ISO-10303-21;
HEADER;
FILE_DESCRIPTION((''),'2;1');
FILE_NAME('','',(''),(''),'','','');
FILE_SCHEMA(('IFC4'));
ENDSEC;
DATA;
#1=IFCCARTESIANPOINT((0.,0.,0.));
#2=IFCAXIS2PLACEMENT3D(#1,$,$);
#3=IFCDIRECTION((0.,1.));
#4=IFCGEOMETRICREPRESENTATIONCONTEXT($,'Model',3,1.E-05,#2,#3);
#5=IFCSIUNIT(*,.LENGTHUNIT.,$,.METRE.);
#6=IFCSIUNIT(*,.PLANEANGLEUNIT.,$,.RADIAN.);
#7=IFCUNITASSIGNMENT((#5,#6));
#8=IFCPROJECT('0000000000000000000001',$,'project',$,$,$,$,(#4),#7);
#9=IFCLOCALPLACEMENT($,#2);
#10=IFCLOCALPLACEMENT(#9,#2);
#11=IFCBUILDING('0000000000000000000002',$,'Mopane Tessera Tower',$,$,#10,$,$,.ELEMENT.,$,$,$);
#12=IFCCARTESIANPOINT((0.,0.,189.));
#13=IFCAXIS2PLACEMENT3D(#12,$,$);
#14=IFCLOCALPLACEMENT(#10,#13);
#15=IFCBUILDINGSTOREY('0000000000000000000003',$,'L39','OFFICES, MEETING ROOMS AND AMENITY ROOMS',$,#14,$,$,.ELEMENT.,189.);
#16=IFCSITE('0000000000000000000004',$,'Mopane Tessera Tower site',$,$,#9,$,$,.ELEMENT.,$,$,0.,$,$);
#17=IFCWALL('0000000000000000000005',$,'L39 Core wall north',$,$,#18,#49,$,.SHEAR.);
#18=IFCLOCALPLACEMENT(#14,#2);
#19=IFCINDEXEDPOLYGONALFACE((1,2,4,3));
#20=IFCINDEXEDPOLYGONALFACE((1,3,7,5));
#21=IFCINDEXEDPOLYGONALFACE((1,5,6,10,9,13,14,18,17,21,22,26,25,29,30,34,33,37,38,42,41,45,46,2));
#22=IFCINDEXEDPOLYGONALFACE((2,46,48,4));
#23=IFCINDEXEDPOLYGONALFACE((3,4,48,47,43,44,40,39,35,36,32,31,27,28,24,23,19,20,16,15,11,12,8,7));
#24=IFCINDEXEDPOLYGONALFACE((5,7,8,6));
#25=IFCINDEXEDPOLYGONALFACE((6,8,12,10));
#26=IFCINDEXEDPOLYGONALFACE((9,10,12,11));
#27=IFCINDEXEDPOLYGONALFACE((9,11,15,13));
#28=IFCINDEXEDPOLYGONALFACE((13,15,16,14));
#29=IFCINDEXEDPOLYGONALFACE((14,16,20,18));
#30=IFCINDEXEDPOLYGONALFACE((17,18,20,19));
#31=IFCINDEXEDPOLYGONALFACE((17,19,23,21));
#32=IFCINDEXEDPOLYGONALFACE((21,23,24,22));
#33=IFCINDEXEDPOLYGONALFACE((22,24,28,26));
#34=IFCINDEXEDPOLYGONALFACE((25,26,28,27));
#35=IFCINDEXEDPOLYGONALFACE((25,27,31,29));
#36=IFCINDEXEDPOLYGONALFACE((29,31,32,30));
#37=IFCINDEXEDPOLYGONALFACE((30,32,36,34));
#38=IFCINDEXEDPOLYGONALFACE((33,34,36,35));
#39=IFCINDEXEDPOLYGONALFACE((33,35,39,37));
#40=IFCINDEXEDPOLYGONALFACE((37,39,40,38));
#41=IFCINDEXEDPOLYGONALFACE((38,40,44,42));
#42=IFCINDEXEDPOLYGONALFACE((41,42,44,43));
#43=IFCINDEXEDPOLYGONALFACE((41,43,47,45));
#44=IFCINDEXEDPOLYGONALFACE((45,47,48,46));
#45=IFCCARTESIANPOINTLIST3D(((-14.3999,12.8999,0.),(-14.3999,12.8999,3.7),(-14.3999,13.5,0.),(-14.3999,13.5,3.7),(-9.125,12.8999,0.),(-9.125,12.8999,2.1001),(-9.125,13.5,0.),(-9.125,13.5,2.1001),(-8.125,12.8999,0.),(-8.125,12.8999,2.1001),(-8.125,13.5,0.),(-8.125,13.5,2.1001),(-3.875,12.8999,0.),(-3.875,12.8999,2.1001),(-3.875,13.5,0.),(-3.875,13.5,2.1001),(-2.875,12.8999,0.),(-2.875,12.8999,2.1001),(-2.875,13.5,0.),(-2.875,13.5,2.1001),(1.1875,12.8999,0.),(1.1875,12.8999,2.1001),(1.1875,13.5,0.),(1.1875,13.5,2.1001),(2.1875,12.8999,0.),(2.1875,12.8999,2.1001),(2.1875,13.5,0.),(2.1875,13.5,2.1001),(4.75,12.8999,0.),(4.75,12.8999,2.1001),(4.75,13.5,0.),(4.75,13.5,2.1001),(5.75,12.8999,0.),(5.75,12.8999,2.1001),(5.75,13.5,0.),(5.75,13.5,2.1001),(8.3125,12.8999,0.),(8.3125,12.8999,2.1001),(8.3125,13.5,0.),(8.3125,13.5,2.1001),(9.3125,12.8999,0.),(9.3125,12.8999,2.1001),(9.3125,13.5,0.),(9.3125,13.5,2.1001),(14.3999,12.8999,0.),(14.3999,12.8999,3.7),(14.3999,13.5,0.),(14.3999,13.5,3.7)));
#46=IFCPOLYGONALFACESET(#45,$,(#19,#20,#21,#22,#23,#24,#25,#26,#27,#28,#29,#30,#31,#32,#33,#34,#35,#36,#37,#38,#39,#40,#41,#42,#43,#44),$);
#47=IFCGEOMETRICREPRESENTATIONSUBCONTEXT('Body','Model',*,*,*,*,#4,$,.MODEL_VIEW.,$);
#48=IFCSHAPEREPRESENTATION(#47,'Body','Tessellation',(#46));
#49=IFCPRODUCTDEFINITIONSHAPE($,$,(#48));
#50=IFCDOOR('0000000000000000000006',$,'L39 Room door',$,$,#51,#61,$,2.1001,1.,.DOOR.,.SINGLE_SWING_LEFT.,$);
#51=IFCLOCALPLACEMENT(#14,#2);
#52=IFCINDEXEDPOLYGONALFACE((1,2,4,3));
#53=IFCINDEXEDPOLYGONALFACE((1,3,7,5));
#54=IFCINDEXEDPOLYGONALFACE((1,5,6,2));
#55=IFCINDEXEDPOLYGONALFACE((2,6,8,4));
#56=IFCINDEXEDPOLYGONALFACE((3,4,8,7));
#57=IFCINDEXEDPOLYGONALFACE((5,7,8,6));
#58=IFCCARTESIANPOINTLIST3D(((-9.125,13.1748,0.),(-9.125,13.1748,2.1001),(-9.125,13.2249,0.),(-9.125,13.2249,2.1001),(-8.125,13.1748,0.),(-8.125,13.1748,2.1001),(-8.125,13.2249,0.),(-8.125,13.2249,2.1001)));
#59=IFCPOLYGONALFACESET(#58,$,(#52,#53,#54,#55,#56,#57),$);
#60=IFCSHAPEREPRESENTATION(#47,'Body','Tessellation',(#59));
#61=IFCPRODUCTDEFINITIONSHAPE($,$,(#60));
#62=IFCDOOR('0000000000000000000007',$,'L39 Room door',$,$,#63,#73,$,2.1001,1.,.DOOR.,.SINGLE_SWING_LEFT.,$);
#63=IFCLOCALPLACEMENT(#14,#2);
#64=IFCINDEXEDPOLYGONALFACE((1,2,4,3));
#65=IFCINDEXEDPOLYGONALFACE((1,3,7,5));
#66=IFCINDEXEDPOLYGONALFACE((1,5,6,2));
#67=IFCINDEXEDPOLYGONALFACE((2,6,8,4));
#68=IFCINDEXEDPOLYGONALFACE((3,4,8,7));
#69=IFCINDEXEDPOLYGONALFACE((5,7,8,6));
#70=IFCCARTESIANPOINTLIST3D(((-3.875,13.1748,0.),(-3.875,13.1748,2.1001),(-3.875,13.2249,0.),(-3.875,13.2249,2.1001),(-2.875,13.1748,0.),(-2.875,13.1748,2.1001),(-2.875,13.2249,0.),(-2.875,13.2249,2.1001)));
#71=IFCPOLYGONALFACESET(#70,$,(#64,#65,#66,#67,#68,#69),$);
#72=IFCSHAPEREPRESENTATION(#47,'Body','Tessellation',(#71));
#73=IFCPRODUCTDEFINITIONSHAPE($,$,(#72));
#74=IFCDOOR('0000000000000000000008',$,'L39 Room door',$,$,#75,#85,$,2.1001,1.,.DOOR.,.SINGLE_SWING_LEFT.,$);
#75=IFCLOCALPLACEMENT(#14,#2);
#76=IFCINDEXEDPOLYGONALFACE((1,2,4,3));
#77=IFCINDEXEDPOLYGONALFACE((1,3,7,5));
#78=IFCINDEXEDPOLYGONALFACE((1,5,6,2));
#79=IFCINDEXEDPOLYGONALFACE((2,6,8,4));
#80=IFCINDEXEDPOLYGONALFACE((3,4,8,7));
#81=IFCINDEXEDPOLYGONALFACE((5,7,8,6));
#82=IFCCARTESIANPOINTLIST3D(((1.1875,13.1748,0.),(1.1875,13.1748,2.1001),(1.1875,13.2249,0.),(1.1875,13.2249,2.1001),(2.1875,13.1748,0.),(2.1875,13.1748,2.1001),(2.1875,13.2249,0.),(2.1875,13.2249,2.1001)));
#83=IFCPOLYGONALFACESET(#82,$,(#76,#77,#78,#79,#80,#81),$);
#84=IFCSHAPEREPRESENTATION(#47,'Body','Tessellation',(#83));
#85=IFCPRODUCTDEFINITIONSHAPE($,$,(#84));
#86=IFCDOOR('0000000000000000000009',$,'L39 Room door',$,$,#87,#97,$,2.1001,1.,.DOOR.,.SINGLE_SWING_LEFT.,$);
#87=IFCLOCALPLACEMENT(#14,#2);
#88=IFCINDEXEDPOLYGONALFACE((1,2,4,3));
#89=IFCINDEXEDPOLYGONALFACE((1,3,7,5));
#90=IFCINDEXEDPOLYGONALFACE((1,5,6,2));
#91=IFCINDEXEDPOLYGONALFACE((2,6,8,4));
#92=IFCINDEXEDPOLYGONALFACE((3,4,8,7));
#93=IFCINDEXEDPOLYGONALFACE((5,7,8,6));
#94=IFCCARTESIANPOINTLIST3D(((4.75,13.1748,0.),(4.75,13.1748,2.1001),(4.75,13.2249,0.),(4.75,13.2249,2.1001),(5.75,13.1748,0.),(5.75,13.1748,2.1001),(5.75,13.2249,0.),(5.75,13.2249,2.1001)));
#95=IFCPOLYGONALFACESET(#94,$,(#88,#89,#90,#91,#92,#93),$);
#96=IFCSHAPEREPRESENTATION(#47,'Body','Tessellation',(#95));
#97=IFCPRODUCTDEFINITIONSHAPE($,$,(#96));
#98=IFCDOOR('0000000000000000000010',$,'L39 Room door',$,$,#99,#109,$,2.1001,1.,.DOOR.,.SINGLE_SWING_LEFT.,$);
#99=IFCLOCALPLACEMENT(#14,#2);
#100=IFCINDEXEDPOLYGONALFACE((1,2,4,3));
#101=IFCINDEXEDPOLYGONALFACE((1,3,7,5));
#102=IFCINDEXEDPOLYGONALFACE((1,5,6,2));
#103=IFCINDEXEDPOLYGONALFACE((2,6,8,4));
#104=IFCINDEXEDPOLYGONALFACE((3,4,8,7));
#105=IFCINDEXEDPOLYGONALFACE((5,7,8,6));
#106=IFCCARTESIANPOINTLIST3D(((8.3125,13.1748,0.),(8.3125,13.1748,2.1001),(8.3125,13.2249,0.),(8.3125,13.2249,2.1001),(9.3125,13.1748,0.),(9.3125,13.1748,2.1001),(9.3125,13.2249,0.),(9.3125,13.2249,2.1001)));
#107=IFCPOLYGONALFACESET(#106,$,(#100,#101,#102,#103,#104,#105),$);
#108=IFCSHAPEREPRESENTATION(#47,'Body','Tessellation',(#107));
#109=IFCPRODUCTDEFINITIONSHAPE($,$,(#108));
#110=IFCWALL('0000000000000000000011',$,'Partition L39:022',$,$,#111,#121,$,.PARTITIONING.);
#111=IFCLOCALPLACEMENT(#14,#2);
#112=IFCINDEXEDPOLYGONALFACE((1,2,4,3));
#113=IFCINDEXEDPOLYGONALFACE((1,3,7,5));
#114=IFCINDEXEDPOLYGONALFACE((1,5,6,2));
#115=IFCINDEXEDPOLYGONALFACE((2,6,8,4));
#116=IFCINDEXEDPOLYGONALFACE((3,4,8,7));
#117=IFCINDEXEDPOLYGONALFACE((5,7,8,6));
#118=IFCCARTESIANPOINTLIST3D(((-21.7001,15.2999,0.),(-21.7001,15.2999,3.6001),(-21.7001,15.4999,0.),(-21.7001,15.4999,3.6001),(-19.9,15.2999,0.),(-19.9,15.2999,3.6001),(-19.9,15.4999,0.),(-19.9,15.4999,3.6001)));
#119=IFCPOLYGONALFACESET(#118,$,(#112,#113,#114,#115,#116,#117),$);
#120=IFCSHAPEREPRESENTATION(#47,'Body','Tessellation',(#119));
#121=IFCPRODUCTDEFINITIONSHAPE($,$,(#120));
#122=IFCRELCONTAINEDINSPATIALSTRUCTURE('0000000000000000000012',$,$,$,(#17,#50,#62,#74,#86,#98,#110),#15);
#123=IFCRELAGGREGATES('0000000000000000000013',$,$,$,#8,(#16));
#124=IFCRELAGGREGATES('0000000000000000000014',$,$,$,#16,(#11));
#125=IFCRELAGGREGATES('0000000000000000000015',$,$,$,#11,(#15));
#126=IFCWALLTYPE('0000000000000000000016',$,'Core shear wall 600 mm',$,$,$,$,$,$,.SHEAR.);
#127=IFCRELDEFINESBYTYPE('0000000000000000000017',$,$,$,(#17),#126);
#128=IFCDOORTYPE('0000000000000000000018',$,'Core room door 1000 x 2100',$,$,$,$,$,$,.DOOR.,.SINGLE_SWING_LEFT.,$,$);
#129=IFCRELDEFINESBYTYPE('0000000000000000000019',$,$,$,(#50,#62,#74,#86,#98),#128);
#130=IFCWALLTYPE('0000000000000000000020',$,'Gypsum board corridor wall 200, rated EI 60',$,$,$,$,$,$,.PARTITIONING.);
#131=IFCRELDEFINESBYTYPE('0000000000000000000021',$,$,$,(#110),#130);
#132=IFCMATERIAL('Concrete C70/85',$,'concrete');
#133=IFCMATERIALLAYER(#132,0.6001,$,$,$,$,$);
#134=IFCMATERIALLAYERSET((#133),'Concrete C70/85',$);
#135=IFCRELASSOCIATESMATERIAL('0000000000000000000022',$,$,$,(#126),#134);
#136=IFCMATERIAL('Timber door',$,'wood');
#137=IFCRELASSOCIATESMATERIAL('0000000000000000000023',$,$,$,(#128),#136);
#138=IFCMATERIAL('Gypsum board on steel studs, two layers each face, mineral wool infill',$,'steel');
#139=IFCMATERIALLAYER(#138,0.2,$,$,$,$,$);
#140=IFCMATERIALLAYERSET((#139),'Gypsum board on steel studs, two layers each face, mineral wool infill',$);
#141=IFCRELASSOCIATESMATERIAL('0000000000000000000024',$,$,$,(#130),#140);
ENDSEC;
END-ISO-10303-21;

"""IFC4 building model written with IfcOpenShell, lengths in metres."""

from ifc_helpers import new_model, si_unit, direction, frame, frame_2d, origin, place, context, subcontext, project, spatial, rectangle, extrude, material, layer, layer_set, type_object, element, fill, save


model = new_model("IFC4")

# Units and contexts
model_context = context("Model", 3, precision=1e-05, world=origin(), true_north=direction((0.0, 1.0)))
body_context = subcontext(model_context, "Body", "Model", "MODEL_VIEW")
ifc_project = project(units=[si_unit("LENGTHUNIT", "METRE"), si_unit("PLANEANGLEUNIT", "RADIAN")], contexts=[model_context])

# Site, building, storey
site_placement = place(None, origin())
site = spatial("IfcSite", under=ifc_project, at=site_placement, Name="Mopane Tessera Tower site", CompositionType="ELEMENT", RefElevation=0.0)
building_placement = place(site_placement, origin())
building = spatial("IfcBuilding", under=site, at=building_placement, Name="Mopane Tessera Tower", CompositionType="ELEMENT")
storey_placement = place(building_placement, frame((0.0, 0.0, 189.0)))
storey = spatial("IfcBuildingStorey", under=building, at=storey_placement, Name="L39", Description="OFFICES, MEETING ROOMS AND AMENITY ROOMS", CompositionType="ELEMENT", Elevation=189.0)

# Wall, openings, doors
ifc_material_1 = material(Name="Concrete C70/85", Category="concrete")
ifc_layer_1 = layer(ifc_material_1, 0.6001)
ifc_layer_set_1 = layer_set([ifc_layer_1], Name="Concrete C70/85")
wall_type_1 = type_object("IfcWallType", Name="Core shear wall 600 mm", PredefinedType="SHEAR", material=ifc_layer_set_1)
wall_1_placement = place(storey_placement, frame((-14.3999, 13.2, 0.0), z_axis=(0.0, 0.0, 1.0), x_axis=(1.0, 0.0, 0.0)))
wall_1 = element("IfcWall", 1, at=wall_1_placement, inside=storey, type_object=wall_type_1, Name="L39 Core wall north", PredefinedType="SHEAR", context=body_context, shape_type="SweptSolid", body=[
    extrude(rectangle(XDim=28.7998, YDim=0.6001, at=frame_2d((14.3999, 0.0))), origin(), (0.0, 0.0, 1.0), 3.7),
])
opening_1_placement = place(wall_1_placement, frame((5.2749, 0.0, 0.0)))
opening_1 = element("IfcOpeningElement", 2, at=opening_1_placement, cuts=wall_1, PredefinedType="OPENING", context=body_context, shape_type="SweptSolid", body=[
    extrude(rectangle(XDim=1.0, YDim=2.1001, at=frame_2d((0.5, 1.05))), frame((0.0, 0.312, 0.0), z_axis=(0.0, -1.0, 0.0), x_axis=(1.0, 0.0, 0.0)), (0.0, 0.0, 1.0), 0.624),
])
opening_2_placement = place(wall_1_placement, frame((10.5249, 0.0, 0.0)))
opening_2 = element("IfcOpeningElement", 3, at=opening_2_placement, cuts=wall_1, PredefinedType="OPENING", context=body_context, shape_type="SweptSolid", body=[
    extrude(rectangle(XDim=1.0, YDim=2.1001, at=frame_2d((0.5, 1.05))), frame((0.0, 0.312, 0.0), z_axis=(0.0, -1.0, 0.0), x_axis=(1.0, 0.0, 0.0)), (0.0, 0.0, 1.0), 0.624),
])
opening_3_placement = place(wall_1_placement, frame((15.5874, 0.0, 0.0)))
opening_3 = element("IfcOpeningElement", 4, at=opening_3_placement, cuts=wall_1, PredefinedType="OPENING", context=body_context, shape_type="SweptSolid", body=[
    extrude(rectangle(XDim=1.0, YDim=2.1001, at=frame_2d((0.5, 1.05))), frame((0.0, 0.312, 0.0), z_axis=(0.0, -1.0, 0.0), x_axis=(1.0, 0.0, 0.0)), (0.0, 0.0, 1.0), 0.624),
])
opening_4_placement = place(wall_1_placement, frame((19.1499, 0.0, 0.0)))
opening_4 = element("IfcOpeningElement", 5, at=opening_4_placement, cuts=wall_1, PredefinedType="OPENING", context=body_context, shape_type="SweptSolid", body=[
    extrude(rectangle(XDim=1.0, YDim=2.1001, at=frame_2d((0.5, 1.05))), frame((0.0, 0.312, 0.0), z_axis=(0.0, -1.0, 0.0), x_axis=(1.0, 0.0, 0.0)), (0.0, 0.0, 1.0), 0.624),
])
opening_5_placement = place(wall_1_placement, frame((22.7124, 0.0, 0.0)))
opening_5 = element("IfcOpeningElement", 6, at=opening_5_placement, cuts=wall_1, PredefinedType="OPENING", context=body_context, shape_type="SweptSolid", body=[
    extrude(rectangle(XDim=1.0, YDim=2.1001, at=frame_2d((0.5, 1.05))), frame((0.0, 0.312, 0.0), z_axis=(0.0, -1.0, 0.0), x_axis=(1.0, 0.0, 0.0)), (0.0, 0.0, 1.0), 0.624),
])
ifc_material_2 = material(Name="Timber door", Category="wood")
door_type_1 = type_object("IfcDoorType", Name="Core room door 1000 x 2100", OperationType="SINGLE_SWING_LEFT", PredefinedType="DOOR", material=ifc_material_2)
door_1_placement = place(opening_1_placement, origin())
door_1 = element("IfcDoor", 7, at=door_1_placement, inside=storey, type_object=door_type_1, Name="L39 Room door", OperationType="SINGLE_SWING_LEFT", OverallHeight=2.1001, OverallWidth=1.0, PredefinedType="DOOR", context=body_context, shape_type="SweptSolid", body=[
    extrude(rectangle(XDim=1.0, YDim=2.1001, at=frame_2d((0.5, 1.05))), frame((0.0, 0.0249, 0.0), z_axis=(0.0, -1.0, 0.0), x_axis=(1.0, 0.0, 0.0)), (0.0, 0.0, 1.0), 0.05),
])
fill(opening_1, door_1)
door_2_placement = place(opening_2_placement, origin())
door_2 = element("IfcDoor", 8, at=door_2_placement, inside=storey, type_object=door_type_1, Name="L39 Room door", OperationType="SINGLE_SWING_LEFT", OverallHeight=2.1001, OverallWidth=1.0, PredefinedType="DOOR", context=body_context, shape_type="SweptSolid", body=[
    extrude(rectangle(XDim=1.0, YDim=2.1001, at=frame_2d((0.5, 1.05))), frame((0.0, 0.0249, 0.0), z_axis=(0.0, -1.0, 0.0), x_axis=(1.0, 0.0, 0.0)), (0.0, 0.0, 1.0), 0.05),
])
fill(opening_2, door_2)
door_3_placement = place(opening_3_placement, origin())
door_3 = element("IfcDoor", 9, at=door_3_placement, inside=storey, type_object=door_type_1, Name="L39 Room door", OperationType="SINGLE_SWING_LEFT", OverallHeight=2.1001, OverallWidth=1.0, PredefinedType="DOOR", context=body_context, shape_type="SweptSolid", body=[
    extrude(rectangle(XDim=1.0, YDim=2.1001, at=frame_2d((0.5, 1.05))), frame((0.0, 0.0249, 0.0), z_axis=(0.0, -1.0, 0.0), x_axis=(1.0, 0.0, 0.0)), (0.0, 0.0, 1.0), 0.05),
])
fill(opening_3, door_3)
door_4_placement = place(opening_4_placement, origin())
door_4 = element("IfcDoor", 10, at=door_4_placement, inside=storey, type_object=door_type_1, Name="L39 Room door", OperationType="SINGLE_SWING_LEFT", OverallHeight=2.1001, OverallWidth=1.0, PredefinedType="DOOR", context=body_context, shape_type="SweptSolid", body=[
    extrude(rectangle(XDim=1.0, YDim=2.1001, at=frame_2d((0.5, 1.05))), frame((0.0, 0.0249, 0.0), z_axis=(0.0, -1.0, 0.0), x_axis=(1.0, 0.0, 0.0)), (0.0, 0.0, 1.0), 0.05),
])
fill(opening_4, door_4)
door_5_placement = place(opening_5_placement, origin())
door_5 = element("IfcDoor", 11, at=door_5_placement, inside=storey, type_object=door_type_1, Name="L39 Room door", OperationType="SINGLE_SWING_LEFT", OverallHeight=2.1001, OverallWidth=1.0, PredefinedType="DOOR", context=body_context, shape_type="SweptSolid", body=[
    extrude(rectangle(XDim=1.0, YDim=2.1001, at=frame_2d((0.5, 1.05))), frame((0.0, 0.0249, 0.0), z_axis=(0.0, -1.0, 0.0), x_axis=(1.0, 0.0, 0.0)), (0.0, 0.0, 1.0), 0.05),
])
fill(opening_5, door_5)

# Wall
ifc_material_3 = material(Name="Gypsum board on steel studs, two layers each face, mineral wool infill", Category="steel")
ifc_layer_2 = layer(ifc_material_3, 0.2)
ifc_layer_set_2 = layer_set([ifc_layer_2], Name="Gypsum board on steel studs, two layers each face, mineral wool infill")
wall_type_2 = type_object("IfcWallType", Name="Gypsum board corridor wall 200, rated EI 60", PredefinedType="PARTITIONING", material=ifc_layer_set_2)
wall_2_placement = place(storey_placement, frame((-21.7, 15.3999, 0.0), z_axis=(0.0, 0.0, 1.0), x_axis=(1.0, 0.0, 0.0)))
element("IfcWall", 12, at=wall_2_placement, inside=storey, type_object=wall_type_2, Name="Partition L39:022", PredefinedType="PARTITIONING", context=body_context, shape_type="SweptSolid", body=[
    extrude(rectangle(XDim=1.8, YDim=0.2, at=frame_2d((0.8999, 0.0))), origin(), (0.0, 0.0, 1.0), 3.6001),
])

save(model, "model.ifc")
